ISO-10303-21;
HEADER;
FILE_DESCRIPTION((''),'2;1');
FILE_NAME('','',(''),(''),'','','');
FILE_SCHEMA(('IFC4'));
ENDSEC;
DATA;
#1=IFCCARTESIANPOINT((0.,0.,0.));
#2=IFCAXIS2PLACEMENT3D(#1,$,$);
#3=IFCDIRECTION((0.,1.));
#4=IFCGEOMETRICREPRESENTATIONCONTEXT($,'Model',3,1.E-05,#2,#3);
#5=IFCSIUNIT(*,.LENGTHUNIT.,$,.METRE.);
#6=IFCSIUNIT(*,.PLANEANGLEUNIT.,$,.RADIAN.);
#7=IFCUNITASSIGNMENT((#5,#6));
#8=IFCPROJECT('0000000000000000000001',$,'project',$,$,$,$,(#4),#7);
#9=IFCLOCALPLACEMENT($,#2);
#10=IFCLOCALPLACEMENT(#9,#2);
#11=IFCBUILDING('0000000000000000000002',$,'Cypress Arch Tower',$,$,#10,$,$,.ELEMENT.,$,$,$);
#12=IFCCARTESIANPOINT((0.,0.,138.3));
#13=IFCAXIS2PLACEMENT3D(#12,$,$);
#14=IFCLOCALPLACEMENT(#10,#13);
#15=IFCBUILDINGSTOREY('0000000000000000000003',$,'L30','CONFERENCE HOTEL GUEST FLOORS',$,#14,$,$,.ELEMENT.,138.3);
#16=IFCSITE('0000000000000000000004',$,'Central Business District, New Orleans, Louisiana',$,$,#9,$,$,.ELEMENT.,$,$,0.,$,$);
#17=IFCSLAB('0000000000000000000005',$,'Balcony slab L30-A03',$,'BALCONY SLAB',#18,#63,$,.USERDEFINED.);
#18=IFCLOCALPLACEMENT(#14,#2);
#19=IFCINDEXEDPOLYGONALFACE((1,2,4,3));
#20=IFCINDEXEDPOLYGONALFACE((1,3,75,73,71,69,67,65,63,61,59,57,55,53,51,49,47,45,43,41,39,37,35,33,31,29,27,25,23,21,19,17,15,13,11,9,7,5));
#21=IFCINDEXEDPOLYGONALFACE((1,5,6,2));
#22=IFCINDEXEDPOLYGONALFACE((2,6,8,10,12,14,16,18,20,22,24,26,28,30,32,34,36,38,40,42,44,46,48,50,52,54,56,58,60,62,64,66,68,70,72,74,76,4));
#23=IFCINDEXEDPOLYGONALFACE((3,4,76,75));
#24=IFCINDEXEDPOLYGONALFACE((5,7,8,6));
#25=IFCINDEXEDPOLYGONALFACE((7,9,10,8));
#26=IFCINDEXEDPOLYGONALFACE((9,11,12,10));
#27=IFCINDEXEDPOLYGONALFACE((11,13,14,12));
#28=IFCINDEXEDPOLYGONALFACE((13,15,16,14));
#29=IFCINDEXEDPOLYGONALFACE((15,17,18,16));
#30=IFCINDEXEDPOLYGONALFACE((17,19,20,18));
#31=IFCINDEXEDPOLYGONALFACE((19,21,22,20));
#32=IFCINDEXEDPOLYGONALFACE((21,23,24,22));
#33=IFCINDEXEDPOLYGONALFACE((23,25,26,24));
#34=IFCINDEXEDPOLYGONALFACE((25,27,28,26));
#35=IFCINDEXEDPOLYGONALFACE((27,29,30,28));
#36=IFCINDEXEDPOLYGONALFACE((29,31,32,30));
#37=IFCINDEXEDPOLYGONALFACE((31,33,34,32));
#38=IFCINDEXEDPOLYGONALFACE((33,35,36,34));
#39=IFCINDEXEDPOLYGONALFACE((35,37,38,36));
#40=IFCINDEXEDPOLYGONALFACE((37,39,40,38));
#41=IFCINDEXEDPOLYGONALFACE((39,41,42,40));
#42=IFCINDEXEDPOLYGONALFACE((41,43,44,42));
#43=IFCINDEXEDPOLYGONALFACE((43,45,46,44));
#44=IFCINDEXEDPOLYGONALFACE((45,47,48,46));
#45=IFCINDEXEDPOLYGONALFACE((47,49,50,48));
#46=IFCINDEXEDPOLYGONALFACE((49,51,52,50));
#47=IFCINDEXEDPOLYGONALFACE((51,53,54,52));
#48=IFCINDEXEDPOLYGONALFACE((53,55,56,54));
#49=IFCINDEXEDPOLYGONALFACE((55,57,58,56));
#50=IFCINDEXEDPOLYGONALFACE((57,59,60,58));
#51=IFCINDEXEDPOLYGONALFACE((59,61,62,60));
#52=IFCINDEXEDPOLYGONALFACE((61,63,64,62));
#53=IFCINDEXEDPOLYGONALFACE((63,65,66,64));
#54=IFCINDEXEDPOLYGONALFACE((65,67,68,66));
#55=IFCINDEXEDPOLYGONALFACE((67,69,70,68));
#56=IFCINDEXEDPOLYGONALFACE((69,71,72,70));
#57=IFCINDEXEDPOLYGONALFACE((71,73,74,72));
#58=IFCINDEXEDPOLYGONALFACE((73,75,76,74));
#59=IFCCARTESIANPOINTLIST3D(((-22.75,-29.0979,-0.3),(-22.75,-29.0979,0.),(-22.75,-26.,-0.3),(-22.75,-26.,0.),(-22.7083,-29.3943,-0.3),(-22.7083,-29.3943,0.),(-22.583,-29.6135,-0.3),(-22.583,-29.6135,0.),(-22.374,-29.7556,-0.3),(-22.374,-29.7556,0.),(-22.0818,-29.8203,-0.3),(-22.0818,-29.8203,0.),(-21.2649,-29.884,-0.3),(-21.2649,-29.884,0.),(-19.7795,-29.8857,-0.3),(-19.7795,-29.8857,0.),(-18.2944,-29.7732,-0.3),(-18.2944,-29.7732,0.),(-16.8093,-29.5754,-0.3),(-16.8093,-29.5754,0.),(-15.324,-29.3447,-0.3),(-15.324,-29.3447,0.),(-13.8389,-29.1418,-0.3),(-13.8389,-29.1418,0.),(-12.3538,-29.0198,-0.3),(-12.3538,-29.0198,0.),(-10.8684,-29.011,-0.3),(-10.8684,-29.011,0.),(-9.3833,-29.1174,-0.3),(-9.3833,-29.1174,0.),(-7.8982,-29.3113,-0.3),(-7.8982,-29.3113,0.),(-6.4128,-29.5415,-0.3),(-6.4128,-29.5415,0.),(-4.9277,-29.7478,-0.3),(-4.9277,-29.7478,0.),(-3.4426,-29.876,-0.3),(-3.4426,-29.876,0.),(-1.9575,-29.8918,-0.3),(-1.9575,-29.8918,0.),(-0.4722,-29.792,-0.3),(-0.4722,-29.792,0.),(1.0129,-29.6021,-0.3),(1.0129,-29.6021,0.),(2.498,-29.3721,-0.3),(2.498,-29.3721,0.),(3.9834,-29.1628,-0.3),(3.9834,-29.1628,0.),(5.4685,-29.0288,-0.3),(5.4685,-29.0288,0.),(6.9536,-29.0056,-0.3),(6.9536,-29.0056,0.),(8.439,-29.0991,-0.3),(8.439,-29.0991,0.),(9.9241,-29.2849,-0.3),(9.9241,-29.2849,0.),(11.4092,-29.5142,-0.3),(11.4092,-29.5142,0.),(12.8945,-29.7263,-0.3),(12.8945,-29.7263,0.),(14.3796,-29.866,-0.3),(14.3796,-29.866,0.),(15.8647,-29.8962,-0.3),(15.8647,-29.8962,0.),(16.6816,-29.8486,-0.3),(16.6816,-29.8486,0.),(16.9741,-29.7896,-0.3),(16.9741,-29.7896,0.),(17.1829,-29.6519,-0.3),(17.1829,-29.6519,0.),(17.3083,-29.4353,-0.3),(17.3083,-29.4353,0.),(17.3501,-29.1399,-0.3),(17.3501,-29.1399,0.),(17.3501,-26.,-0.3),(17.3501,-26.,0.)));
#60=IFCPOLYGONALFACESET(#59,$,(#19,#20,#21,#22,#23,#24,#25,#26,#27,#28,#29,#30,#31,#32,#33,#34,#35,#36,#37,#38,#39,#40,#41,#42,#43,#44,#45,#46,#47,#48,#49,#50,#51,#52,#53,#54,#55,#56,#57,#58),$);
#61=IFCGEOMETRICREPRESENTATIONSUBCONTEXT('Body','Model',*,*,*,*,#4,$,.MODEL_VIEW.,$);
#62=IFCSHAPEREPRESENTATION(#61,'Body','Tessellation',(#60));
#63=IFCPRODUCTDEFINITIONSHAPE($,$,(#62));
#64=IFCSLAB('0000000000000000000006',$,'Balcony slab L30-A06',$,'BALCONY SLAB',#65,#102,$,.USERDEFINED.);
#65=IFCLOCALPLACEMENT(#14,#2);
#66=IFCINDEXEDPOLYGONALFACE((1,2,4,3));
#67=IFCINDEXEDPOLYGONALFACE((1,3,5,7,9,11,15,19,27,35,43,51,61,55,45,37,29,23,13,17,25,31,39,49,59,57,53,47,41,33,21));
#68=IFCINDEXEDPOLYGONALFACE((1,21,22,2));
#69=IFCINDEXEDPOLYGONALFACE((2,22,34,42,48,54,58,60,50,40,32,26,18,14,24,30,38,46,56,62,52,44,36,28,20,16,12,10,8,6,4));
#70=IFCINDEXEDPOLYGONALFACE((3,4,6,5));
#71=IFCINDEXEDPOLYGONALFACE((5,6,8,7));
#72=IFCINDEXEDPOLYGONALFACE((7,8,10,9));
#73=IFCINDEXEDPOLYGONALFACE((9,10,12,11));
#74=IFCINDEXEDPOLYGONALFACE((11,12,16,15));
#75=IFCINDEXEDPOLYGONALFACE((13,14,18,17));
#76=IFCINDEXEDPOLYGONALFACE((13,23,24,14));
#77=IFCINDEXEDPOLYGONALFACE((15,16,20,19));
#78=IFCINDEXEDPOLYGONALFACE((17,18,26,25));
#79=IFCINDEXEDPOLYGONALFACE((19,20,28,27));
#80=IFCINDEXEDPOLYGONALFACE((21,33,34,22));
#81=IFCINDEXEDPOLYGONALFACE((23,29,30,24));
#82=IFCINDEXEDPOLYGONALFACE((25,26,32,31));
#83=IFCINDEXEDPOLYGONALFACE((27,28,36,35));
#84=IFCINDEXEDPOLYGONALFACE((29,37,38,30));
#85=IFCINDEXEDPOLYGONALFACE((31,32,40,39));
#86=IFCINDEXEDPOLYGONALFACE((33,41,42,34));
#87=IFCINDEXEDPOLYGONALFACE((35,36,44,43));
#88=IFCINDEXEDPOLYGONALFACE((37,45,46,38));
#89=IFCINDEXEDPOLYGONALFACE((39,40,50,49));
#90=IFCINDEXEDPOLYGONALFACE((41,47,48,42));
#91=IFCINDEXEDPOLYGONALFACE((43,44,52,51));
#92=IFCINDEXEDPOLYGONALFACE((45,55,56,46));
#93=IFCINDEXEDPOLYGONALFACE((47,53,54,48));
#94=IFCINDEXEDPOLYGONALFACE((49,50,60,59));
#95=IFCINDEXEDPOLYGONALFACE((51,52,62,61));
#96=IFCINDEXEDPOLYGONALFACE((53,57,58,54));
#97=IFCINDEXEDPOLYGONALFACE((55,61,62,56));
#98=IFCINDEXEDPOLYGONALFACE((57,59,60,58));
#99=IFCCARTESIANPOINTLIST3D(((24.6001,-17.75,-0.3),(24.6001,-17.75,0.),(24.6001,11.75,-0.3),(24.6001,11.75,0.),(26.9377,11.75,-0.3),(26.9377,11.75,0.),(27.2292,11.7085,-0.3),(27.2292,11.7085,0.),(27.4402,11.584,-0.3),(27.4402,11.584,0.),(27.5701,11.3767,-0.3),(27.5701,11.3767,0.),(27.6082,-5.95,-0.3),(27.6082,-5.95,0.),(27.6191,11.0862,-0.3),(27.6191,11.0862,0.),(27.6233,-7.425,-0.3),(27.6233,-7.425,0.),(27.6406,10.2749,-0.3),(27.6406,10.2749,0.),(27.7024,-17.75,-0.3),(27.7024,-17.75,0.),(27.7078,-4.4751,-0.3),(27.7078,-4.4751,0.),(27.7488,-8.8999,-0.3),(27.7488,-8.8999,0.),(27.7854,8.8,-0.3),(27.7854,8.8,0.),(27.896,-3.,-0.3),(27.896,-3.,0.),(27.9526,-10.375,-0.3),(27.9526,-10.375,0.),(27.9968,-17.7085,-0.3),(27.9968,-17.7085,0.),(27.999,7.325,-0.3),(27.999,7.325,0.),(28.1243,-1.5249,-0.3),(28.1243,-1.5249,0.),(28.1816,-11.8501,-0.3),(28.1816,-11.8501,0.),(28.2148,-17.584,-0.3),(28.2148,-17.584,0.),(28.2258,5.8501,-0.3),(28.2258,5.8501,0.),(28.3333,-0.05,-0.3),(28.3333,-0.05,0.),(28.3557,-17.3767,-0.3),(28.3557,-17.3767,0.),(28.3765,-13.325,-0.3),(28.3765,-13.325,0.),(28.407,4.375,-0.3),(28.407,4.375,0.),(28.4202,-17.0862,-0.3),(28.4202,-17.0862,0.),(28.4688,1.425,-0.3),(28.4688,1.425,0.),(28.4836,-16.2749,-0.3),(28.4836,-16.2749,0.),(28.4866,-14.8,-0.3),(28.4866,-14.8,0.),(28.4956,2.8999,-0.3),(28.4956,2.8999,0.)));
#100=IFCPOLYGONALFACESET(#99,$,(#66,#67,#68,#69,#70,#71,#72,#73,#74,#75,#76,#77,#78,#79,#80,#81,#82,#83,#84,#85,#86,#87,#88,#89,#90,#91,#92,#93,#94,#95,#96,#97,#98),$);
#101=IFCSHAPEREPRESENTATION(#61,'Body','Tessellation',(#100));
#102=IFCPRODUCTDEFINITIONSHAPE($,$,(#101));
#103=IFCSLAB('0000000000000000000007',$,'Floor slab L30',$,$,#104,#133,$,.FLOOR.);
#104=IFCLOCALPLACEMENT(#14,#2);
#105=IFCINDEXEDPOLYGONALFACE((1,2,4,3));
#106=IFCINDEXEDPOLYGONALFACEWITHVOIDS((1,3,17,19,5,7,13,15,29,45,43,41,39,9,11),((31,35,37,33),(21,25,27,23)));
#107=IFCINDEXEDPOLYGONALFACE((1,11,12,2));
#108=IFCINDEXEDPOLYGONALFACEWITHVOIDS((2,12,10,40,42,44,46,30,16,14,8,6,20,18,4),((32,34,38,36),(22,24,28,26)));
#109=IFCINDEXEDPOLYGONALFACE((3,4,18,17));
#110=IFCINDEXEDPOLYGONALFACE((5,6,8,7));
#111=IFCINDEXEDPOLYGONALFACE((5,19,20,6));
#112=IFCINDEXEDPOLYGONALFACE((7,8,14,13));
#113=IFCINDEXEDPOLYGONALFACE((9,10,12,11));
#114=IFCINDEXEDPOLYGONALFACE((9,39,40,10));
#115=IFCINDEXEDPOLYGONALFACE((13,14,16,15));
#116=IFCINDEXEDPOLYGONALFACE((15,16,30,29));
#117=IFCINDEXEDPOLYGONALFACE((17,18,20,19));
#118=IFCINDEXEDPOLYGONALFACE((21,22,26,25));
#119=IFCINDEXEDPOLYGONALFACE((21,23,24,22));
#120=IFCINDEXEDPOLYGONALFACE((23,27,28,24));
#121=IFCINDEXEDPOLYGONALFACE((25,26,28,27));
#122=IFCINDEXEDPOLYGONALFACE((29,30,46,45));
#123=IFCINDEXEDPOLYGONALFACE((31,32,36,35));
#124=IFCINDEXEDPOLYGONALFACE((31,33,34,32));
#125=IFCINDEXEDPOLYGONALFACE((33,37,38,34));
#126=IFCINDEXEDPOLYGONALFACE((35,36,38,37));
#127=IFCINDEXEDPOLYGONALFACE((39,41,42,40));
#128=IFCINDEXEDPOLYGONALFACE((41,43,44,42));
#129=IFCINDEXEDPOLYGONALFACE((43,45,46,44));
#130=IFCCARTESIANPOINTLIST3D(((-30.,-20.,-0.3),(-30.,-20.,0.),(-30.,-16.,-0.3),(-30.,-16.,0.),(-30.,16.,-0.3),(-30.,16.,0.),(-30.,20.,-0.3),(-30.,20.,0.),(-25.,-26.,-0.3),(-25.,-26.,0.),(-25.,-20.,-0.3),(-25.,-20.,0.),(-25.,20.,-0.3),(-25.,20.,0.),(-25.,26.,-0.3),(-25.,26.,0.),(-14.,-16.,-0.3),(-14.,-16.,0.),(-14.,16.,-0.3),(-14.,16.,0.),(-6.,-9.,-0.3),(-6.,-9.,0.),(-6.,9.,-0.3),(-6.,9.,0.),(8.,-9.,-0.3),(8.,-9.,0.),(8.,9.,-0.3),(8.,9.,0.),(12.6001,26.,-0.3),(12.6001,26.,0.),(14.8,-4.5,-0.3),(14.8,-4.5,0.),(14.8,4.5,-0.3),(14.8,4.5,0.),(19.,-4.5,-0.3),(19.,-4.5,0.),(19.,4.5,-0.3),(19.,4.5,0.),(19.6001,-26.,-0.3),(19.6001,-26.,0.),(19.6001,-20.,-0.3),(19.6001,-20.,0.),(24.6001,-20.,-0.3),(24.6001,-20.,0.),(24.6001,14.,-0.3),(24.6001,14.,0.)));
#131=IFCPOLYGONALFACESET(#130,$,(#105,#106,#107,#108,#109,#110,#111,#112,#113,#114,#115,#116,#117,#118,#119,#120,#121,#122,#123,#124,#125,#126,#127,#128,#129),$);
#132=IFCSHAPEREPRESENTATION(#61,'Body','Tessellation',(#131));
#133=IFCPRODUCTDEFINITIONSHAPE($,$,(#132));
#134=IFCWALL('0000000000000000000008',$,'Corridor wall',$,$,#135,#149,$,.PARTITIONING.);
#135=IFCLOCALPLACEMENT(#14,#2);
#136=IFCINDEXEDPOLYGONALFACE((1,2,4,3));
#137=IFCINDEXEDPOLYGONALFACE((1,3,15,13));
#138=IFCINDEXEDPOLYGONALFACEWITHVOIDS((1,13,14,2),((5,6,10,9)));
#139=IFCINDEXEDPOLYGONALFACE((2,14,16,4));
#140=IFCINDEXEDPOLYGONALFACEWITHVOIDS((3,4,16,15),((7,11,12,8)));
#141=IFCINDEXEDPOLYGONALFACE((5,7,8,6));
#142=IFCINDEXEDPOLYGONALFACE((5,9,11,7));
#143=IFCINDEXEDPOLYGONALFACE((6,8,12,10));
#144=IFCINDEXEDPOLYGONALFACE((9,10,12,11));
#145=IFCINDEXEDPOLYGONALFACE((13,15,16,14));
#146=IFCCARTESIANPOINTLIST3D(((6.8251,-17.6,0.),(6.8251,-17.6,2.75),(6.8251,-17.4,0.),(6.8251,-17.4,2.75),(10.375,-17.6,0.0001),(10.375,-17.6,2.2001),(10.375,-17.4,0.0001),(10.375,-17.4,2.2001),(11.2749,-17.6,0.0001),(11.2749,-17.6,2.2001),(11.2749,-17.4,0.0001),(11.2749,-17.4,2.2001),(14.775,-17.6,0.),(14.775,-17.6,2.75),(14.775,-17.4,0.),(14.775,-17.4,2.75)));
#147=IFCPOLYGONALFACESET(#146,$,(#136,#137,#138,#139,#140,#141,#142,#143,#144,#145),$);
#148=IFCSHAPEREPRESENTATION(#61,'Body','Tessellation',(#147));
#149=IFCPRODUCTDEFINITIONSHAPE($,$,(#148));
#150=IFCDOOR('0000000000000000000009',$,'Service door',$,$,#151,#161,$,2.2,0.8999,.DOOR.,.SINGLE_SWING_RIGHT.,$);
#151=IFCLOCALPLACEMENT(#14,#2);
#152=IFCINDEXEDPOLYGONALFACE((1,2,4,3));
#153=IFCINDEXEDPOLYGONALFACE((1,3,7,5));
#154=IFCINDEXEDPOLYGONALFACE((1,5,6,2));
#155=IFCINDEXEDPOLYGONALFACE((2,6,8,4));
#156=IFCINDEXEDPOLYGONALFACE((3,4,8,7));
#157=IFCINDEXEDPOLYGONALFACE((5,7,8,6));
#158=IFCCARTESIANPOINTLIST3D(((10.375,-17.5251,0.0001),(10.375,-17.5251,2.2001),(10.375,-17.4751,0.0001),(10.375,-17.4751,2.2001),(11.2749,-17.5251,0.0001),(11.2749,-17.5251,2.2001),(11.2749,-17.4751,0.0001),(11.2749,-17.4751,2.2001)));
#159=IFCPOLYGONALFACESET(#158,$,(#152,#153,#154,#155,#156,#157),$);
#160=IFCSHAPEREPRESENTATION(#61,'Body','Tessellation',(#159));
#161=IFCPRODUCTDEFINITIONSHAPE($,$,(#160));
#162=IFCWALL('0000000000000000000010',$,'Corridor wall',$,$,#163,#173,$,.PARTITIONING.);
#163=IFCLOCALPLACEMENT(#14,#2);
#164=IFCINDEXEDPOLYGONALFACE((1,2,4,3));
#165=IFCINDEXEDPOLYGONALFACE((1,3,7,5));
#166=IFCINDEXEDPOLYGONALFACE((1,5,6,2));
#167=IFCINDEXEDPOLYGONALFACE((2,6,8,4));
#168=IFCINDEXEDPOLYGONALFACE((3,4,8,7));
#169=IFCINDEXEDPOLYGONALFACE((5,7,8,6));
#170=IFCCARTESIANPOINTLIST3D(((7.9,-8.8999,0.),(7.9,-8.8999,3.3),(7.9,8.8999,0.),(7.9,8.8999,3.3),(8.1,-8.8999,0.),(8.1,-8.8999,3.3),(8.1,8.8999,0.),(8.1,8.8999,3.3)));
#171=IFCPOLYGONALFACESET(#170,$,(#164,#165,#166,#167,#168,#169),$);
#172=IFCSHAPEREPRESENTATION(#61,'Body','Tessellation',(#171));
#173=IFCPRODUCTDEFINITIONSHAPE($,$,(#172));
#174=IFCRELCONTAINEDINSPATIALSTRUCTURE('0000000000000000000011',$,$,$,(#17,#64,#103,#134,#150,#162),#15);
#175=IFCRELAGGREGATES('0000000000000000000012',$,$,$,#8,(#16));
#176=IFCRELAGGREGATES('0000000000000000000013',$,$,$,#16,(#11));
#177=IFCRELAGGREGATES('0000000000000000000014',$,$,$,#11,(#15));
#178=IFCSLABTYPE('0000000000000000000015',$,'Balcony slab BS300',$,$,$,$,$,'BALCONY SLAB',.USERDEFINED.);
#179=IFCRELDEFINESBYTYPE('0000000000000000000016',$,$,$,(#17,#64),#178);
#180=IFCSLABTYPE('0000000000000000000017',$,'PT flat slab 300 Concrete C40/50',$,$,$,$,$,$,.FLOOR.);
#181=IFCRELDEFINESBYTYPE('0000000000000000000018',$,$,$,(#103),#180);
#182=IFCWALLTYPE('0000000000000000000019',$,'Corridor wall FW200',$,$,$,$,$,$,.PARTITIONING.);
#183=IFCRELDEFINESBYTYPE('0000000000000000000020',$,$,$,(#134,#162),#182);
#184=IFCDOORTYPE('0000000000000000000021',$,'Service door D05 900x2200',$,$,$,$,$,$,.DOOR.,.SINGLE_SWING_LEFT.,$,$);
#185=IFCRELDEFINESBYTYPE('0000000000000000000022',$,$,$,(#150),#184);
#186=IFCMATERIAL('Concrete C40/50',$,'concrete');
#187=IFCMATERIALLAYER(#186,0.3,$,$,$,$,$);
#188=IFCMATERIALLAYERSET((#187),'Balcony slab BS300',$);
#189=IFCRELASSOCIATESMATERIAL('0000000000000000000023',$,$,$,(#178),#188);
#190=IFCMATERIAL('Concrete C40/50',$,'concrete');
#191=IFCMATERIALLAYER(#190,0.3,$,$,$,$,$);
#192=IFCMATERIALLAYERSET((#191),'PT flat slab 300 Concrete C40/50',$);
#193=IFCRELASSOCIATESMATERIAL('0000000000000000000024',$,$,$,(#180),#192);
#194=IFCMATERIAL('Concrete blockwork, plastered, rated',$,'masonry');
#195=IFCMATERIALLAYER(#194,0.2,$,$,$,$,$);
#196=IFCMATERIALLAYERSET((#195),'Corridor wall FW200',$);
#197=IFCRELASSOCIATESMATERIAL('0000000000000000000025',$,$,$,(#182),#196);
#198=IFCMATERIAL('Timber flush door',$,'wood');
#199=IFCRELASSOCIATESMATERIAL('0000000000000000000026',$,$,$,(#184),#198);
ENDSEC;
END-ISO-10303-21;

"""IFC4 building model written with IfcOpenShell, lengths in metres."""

from ifc_helpers import new_model, si_unit, direction, frame, frame_2d, origin, place, context, subcontext, project, spatial, polyline, rectangle, outline, extrude, material, layer, layer_set, type_object, element, fill, save


model = new_model("IFC4")

# Units and contexts
model_context = context("Model", 3, precision=1e-05, world=origin(), true_north=direction((0.0, 1.0)))
body_context = subcontext(model_context, "Body", "Model", "MODEL_VIEW")
ifc_project = project(units=[si_unit("LENGTHUNIT", "METRE"), si_unit("PLANEANGLEUNIT", "RADIAN")], contexts=[model_context])

# Site, building, storey
site_placement = place(None, origin())
site = spatial("IfcSite", under=ifc_project, at=site_placement, Name="Central Business District, New Orleans, Louisiana", CompositionType="ELEMENT", RefElevation=0.0)
building_placement = place(site_placement, origin())
building = spatial("IfcBuilding", under=site, at=building_placement, Name="Cypress Arch Tower", CompositionType="ELEMENT")
storey_placement = place(building_placement, frame((0.0, 0.0, 138.3)))
storey = spatial("IfcBuildingStorey", under=building, at=storey_placement, Name="L30", Description="CONFERENCE HOTEL GUEST FLOORS", CompositionType="ELEMENT", Elevation=138.3)

# Slabs
ifc_material_1 = material(Name="Concrete C40/50", Category="concrete")
ifc_layer_1 = layer(ifc_material_1, 0.3)
ifc_layer_set_1 = layer_set([ifc_layer_1], Name="Balcony slab BS300")
slab_type_1 = type_object("IfcSlabType", Name="Balcony slab BS300", ElementType="BALCONY SLAB", PredefinedType="USERDEFINED", material=ifc_layer_set_1)
slab_1_placement = place(storey_placement, frame((0.0, 0.0, -0.3)))
element("IfcSlab", 1, at=slab_1_placement, inside=storey, type_object=slab_type_1, Name="Balcony slab L30-A03", ObjectType="BALCONY SLAB", PredefinedType="USERDEFINED", context=body_context, shape_type="SweptSolid", body=[
    extrude(outline(polyline([(-22.75, -26.0), (-22.75, -29.0979), (-22.7083, -29.3943), (-22.583, -29.6135), (-22.374, -29.7556), (-22.0818, -29.8203), (-21.2649, -29.884), (-19.7795, -29.8857), (-18.2944, -29.7732), (-16.8093, -29.5754), (-15.324, -29.3447), (-13.8389, -29.1418), (-12.3538, -29.0198), (-10.8684, -29.011), (-9.3833, -29.1174), (-7.8982, -29.3113), (-6.4128, -29.5415), (-4.9277, -29.7478), (-3.4426, -29.876), (-1.9575, -29.8918), (-0.4722, -29.792), (1.0129, -29.6021), (2.498, -29.3721), (3.9834, -29.1628), (5.4685, -29.0288), (6.9536, -29.0056), (8.439, -29.0991), (9.9241, -29.2849), (11.4092, -29.5142), (12.8945, -29.7263), (14.3796, -29.866), (15.8647, -29.8962), (16.6816, -29.8486), (16.9741, -29.7896), (17.1829, -29.6519), (17.3083, -29.4353), (17.3501, -29.1399), (17.3501, -26.0), (-22.75, -26.0)])), origin(), (0.0, 0.0, 1.0), 0.3),
])
slab_2_placement = place(storey_placement, frame((0.0, 0.0, -0.3)))
element("IfcSlab", 2, at=slab_2_placement, inside=storey, type_object=slab_type_1, Name="Balcony slab L30-A06", ObjectType="BALCONY SLAB", PredefinedType="USERDEFINED", context=body_context, shape_type="SweptSolid", body=[
    extrude(outline(polyline([(24.6001, -17.75), (27.7024, -17.75), (27.9968, -17.7085), (28.2148, -17.584), (28.3557, -17.3767), (28.4202, -17.0862), (28.4836, -16.2749), (28.4866, -14.8), (28.3765, -13.325), (28.1816, -11.8501), (27.9526, -10.375), (27.7488, -8.8999), (27.6233, -7.425), (27.6082, -5.95), (27.7078, -4.4751), (27.896, -3.0), (28.1243, -1.5249), (28.3333, -0.05), (28.4688, 1.425), (28.4956, 2.8999), (28.407, 4.375), (28.2258, 5.8501), (27.999, 7.325), (27.7854, 8.8), (27.6406, 10.2749), (27.6191, 11.0862), (27.5701, 11.3767), (27.4402, 11.584), (27.2292, 11.7085), (26.9377, 11.75), (24.6001, 11.75), (24.6001, -17.75)])), origin(), (0.0, 0.0, 1.0), 0.3),
])
ifc_material_2 = material(Name="Concrete C40/50", Category="concrete")
ifc_layer_2 = layer(ifc_material_2, 0.3)
ifc_layer_set_2 = layer_set([ifc_layer_2], Name="PT flat slab 300 Concrete C40/50")
slab_type_2 = type_object("IfcSlabType", Name="PT flat slab 300 Concrete C40/50", PredefinedType="FLOOR", material=ifc_layer_set_2)
slab_3_placement = place(storey_placement, frame((0.0, 0.0, -0.3)))
element("IfcSlab", 3, at=slab_3_placement, inside=storey, type_object=slab_type_2, Name="Floor slab L30", PredefinedType="FLOOR", context=body_context, shape_type="SweptSolid", body=[
    extrude(outline(polyline([(-30.0, 20.0), (-25.0, 20.0), (-25.0, 26.0), (12.6001, 26.0), (24.6001, 14.0), (24.6001, -20.0), (19.6001, -20.0), (19.6001, -26.0), (-25.0, -26.0), (-25.0, -20.0), (-30.0, -20.0), (-30.0, -16.0), (-14.0, -16.0), (-14.0, 16.0), (-30.0, 16.0), (-30.0, 20.0)]), holes=[polyline([(-6.0, -9.0), (8.0, -9.0), (8.0, 9.0), (-6.0, 9.0), (-6.0, -9.0)]), polyline([(14.8, -4.5), (19.0, -4.5), (19.0, 4.5), (14.8, 4.5), (14.8, -4.5)])]), origin(), (0.0, 0.0, 1.0), 0.3),
])

# Wall, opening, door
ifc_material_3 = material(Name="Concrete blockwork, plastered, rated", Category="masonry")
ifc_layer_3 = layer(ifc_material_3, 0.2)
ifc_layer_set_3 = layer_set([ifc_layer_3], Name="Corridor wall FW200")
wall_type_1 = type_object("IfcWallType", Name="Corridor wall FW200", PredefinedType="PARTITIONING", material=ifc_layer_set_3)
wall_1_placement = place(storey_placement, frame((6.825, -17.5, 0.0), z_axis=(0.0, 0.0, 1.0), x_axis=(1.0, 0.0, 0.0)))
wall_1 = element("IfcWall", 4, at=wall_1_placement, inside=storey, type_object=wall_type_1, Name="Corridor wall", PredefinedType="PARTITIONING", context=body_context, shape_type="SweptSolid", body=[
    extrude(rectangle(XDim=7.95, YDim=0.2, at=frame_2d((3.9751, 0.0))), origin(), (0.0, 0.0, 1.0), 2.75),
])
opening_1_placement = place(wall_1_placement, frame((3.55, 0.0, 0.0)))
opening_1 = element("IfcOpeningElement", 5, at=opening_1_placement, cuts=wall_1, PredefinedType="OPENING", context=body_context, shape_type="SweptSolid", body=[
    extrude(rectangle(XDim=0.8999, YDim=2.2, at=frame_2d((0.45, 1.1001))), frame((0.0, 0.1099, 0.0), z_axis=(0.0, -1.0, 0.0), x_axis=(1.0, 0.0, 0.0)), (0.0, 0.0, 1.0), 0.22),
])
ifc_material_4 = material(Name="Timber flush door", Category="wood")
door_type_1 = type_object("IfcDoorType", Name="Service door D05 900x2200", OperationType="SINGLE_SWING_LEFT", PredefinedType="DOOR", material=ifc_material_4)
door_1_placement = place(opening_1_placement, origin())
door_1 = element("IfcDoor", 6, at=door_1_placement, inside=storey, type_object=door_type_1, Name="Service door", OperationType="SINGLE_SWING_RIGHT", OverallHeight=2.2, OverallWidth=0.8999, PredefinedType="DOOR", context=body_context, shape_type="SweptSolid", body=[
    extrude(rectangle(XDim=0.8999, YDim=2.2, at=frame_2d((0.45, 1.1001))), frame((0.0, 0.0249, 0.0), z_axis=(0.0, -1.0, 0.0), x_axis=(1.0, 0.0, 0.0)), (0.0, 0.0, 1.0), 0.05),
])
fill(opening_1, door_1)

# Wall
wall_2_placement = place(storey_placement, frame((8.0, -8.8999, 0.0), z_axis=(0.0, 0.0, 1.0), x_axis=(0.0, 1.0, 0.0)))
element("IfcWall", 7, at=wall_2_placement, inside=storey, type_object=wall_type_1, Name="Corridor wall", PredefinedType="PARTITIONING", context=body_context, shape_type="SweptSolid", body=[
    extrude(rectangle(XDim=17.7998, YDim=0.2, at=frame_2d((8.8999, 0.0))), origin(), (0.0, 0.0, 1.0), 3.3),
])

save(model, "model.ifc")
